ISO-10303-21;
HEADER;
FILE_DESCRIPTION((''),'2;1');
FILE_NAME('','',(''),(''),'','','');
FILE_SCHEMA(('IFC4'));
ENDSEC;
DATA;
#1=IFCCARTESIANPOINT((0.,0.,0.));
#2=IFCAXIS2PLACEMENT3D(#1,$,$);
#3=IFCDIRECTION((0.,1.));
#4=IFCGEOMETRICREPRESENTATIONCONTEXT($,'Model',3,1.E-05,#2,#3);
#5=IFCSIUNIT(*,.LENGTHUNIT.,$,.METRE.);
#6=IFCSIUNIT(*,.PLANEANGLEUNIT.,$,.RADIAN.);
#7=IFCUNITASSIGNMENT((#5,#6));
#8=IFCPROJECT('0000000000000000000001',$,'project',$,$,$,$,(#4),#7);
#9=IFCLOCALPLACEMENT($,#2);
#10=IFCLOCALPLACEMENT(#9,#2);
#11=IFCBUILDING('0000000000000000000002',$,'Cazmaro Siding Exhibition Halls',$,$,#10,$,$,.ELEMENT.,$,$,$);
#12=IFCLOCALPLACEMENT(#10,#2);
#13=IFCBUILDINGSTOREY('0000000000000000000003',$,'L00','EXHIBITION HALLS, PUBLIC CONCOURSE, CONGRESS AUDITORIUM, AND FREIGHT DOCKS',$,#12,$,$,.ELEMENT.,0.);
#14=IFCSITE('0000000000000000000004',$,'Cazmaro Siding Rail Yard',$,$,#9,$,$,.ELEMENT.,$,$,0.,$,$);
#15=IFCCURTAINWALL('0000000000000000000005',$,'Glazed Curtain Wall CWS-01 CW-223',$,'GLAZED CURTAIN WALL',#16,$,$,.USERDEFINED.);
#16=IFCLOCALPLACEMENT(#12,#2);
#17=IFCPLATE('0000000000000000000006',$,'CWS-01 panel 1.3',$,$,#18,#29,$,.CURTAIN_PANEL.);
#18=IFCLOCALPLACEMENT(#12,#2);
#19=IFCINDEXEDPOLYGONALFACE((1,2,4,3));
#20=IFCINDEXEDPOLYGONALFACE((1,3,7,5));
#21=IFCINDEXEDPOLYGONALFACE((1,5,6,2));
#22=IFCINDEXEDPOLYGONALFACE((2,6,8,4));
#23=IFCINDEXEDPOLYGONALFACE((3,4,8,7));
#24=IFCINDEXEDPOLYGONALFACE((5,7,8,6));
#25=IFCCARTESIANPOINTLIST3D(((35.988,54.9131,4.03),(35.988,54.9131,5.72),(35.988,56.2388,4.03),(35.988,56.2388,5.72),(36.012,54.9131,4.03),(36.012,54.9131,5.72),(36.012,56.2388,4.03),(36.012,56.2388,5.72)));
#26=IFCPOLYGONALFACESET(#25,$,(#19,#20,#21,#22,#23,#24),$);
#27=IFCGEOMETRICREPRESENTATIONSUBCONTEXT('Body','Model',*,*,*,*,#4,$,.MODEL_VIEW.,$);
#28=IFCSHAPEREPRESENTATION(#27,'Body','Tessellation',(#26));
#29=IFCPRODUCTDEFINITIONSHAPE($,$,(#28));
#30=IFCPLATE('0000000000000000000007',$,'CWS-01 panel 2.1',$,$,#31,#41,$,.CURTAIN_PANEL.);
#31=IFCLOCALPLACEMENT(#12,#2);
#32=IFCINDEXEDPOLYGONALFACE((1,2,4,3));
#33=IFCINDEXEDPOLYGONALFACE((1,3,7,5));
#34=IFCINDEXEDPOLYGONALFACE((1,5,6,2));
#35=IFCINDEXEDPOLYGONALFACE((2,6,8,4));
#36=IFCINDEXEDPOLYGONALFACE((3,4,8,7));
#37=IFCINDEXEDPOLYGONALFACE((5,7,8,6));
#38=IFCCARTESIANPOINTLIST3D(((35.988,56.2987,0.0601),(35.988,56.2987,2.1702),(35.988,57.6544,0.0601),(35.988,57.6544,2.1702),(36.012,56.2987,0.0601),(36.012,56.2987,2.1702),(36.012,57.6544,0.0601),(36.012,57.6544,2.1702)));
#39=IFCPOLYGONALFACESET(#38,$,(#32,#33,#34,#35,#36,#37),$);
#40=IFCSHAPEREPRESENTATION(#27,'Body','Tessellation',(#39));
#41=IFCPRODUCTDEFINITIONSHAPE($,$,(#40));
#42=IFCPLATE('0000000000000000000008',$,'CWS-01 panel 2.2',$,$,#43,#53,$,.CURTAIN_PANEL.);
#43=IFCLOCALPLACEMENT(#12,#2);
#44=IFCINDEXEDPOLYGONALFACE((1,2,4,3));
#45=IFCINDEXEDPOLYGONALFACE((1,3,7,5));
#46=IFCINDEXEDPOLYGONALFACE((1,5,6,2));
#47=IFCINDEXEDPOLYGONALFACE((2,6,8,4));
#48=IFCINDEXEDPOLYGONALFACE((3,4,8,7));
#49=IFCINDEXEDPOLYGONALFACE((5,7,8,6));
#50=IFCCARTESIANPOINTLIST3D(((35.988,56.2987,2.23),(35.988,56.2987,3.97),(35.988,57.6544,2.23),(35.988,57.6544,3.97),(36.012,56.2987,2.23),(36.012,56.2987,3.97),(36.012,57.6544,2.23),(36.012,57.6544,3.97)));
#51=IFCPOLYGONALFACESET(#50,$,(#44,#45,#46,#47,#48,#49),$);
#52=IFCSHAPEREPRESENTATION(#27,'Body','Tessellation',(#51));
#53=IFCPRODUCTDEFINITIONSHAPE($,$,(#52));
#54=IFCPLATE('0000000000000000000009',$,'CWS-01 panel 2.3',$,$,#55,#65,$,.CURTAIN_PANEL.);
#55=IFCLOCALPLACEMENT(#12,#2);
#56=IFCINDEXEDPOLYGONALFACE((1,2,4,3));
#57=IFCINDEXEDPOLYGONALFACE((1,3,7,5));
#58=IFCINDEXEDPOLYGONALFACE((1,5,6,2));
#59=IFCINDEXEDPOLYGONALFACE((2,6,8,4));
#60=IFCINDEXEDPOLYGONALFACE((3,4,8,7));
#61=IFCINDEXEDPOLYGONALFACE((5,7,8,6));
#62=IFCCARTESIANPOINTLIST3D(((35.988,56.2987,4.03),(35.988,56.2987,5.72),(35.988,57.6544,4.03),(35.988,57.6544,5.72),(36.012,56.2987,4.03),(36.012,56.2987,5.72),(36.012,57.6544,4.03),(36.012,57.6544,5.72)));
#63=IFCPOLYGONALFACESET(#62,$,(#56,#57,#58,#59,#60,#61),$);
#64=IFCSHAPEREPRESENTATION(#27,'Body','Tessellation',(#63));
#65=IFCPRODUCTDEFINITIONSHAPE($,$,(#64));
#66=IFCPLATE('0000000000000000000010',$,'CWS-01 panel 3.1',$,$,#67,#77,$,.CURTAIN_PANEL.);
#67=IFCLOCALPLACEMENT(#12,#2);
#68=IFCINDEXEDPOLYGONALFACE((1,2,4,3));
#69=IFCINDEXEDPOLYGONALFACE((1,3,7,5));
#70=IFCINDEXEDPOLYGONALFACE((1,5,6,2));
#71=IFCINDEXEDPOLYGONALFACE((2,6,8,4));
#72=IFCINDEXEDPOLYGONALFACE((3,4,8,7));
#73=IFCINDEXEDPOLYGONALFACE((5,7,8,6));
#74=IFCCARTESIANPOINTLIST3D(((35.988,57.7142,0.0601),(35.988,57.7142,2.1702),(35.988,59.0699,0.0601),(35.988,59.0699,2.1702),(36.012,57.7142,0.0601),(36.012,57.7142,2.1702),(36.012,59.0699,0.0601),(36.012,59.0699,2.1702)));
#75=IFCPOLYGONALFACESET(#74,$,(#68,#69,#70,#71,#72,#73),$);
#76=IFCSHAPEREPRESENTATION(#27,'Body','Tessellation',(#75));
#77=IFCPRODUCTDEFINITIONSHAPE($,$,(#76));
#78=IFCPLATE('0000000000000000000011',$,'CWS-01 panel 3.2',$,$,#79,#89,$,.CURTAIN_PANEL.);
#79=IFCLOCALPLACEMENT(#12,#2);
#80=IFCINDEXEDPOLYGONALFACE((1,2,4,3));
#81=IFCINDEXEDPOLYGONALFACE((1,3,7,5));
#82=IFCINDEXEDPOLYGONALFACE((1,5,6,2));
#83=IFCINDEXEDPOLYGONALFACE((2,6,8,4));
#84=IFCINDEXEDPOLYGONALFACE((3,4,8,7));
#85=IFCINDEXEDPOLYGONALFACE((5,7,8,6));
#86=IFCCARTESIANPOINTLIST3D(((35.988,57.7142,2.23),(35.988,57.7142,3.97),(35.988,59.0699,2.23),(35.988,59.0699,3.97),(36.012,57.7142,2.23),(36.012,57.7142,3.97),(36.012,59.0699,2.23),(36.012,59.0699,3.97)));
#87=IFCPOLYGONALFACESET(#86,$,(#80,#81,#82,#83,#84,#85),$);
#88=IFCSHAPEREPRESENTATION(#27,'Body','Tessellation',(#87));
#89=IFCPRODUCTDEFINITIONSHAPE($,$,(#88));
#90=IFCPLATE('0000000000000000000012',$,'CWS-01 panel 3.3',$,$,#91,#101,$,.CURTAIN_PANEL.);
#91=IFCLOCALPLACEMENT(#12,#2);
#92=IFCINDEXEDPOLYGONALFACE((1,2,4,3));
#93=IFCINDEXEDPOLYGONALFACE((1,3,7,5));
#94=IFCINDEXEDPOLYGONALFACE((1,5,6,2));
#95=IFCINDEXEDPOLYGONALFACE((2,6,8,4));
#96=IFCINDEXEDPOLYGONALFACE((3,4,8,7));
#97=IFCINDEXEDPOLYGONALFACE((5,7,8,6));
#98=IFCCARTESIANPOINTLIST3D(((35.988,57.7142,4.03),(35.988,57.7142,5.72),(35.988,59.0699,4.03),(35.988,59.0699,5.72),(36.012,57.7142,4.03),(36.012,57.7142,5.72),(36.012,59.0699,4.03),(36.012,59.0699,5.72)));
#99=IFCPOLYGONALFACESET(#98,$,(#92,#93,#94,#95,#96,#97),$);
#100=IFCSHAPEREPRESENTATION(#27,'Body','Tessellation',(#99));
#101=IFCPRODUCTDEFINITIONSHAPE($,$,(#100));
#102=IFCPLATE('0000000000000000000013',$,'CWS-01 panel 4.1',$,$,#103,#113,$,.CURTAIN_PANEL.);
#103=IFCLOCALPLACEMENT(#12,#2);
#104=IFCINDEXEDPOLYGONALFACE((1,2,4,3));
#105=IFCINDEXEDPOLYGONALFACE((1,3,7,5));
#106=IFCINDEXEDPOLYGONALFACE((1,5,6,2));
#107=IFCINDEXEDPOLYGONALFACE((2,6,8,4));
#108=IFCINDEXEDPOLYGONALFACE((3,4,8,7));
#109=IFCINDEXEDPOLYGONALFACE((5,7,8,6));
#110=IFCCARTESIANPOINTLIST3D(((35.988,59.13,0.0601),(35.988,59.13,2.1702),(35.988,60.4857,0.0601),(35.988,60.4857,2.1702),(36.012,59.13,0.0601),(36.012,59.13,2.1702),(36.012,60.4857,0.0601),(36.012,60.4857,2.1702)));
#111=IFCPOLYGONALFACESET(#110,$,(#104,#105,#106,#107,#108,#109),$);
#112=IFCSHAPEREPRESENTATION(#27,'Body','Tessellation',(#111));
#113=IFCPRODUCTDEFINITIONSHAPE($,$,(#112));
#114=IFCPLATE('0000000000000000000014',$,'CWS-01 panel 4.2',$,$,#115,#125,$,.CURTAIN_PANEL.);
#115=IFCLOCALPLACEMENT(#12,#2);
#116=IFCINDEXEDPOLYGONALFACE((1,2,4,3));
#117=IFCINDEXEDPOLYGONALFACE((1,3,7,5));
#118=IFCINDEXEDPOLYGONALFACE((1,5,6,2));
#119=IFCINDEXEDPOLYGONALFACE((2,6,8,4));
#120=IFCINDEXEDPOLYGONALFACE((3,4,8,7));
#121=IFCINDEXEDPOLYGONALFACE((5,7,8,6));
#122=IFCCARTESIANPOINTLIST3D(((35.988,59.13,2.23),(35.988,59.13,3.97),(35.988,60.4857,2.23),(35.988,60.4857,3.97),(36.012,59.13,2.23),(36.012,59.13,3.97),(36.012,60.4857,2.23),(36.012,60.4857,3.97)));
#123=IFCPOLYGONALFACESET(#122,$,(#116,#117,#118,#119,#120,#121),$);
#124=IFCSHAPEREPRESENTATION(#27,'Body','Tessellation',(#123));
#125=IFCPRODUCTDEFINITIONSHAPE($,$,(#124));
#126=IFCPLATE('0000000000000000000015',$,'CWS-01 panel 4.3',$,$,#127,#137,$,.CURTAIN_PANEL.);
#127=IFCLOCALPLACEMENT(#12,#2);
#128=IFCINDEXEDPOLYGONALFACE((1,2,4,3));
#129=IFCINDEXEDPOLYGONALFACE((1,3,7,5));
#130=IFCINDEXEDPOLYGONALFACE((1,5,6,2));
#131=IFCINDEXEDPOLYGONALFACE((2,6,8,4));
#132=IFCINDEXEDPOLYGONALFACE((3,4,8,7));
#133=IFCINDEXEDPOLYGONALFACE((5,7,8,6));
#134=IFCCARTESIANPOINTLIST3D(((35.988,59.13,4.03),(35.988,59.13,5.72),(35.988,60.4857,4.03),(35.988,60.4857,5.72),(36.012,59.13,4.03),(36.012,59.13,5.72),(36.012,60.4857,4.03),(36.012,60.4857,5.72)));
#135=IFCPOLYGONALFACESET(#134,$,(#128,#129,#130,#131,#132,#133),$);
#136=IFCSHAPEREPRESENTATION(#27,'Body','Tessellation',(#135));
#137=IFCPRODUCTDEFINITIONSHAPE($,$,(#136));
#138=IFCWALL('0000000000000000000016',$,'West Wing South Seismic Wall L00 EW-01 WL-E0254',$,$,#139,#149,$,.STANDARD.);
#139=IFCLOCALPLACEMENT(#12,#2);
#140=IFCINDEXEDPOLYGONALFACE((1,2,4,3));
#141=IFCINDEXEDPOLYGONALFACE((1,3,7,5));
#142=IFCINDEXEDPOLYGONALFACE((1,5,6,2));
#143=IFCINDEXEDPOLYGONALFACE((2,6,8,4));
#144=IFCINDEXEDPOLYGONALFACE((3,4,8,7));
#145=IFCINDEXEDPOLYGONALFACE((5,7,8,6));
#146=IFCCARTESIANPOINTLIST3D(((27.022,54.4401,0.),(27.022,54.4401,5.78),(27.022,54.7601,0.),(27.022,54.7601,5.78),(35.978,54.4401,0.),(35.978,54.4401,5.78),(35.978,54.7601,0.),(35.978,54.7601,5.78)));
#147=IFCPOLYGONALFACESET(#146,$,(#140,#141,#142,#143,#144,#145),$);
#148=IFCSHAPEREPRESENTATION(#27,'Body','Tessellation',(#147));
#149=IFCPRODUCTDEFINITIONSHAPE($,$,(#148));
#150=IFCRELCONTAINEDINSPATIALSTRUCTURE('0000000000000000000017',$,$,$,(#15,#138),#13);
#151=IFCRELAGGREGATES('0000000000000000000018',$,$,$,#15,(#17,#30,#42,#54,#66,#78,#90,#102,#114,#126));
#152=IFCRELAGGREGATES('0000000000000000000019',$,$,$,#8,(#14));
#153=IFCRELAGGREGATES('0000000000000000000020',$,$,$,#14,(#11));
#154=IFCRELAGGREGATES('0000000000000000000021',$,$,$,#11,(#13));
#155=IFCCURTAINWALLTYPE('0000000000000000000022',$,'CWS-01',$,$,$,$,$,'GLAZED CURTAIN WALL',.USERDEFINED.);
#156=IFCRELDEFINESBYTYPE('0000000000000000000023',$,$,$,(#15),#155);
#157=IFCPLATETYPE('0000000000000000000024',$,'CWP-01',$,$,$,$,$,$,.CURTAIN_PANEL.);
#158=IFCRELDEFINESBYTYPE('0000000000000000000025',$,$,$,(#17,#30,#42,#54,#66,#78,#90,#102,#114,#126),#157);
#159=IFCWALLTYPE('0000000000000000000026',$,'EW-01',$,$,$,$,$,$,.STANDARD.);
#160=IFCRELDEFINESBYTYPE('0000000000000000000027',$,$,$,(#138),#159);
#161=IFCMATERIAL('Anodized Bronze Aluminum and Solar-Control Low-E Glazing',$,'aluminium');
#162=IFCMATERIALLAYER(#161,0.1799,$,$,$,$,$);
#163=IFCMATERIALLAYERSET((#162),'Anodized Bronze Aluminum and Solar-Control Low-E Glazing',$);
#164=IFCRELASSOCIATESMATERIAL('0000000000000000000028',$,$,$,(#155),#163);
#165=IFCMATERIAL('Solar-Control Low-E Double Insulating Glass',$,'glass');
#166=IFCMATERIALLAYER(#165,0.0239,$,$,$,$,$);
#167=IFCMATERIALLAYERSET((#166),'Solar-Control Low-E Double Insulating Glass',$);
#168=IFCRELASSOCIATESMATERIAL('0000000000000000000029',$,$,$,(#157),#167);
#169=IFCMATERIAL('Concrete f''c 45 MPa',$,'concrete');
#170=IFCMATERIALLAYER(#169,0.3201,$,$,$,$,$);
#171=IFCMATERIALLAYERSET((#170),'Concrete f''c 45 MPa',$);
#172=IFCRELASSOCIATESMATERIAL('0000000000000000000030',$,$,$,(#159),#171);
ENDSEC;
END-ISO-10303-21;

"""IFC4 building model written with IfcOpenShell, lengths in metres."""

from ifc_helpers import new_model, si_unit, direction, frame, frame_2d, origin, origin_2d, place, context, subcontext, project, spatial, rectangle, extrude, material, layer, layer_set, type_object, element, aggregate, save


model = new_model("IFC4")

# Units and contexts
model_context = context("Model", 3, precision=1e-05, world=origin(), true_north=direction((0.0, 1.0)))
body_context = subcontext(model_context, "Body", "Model", "MODEL_VIEW")
ifc_project = project(units=[si_unit("LENGTHUNIT", "METRE"), si_unit("PLANEANGLEUNIT", "RADIAN")], contexts=[model_context])

# Site, building, storey
site_placement = place(None, origin())
site = spatial("IfcSite", under=ifc_project, at=site_placement, Name="Cazmaro Siding Rail Yard", CompositionType="ELEMENT", RefElevation=0.0)
building_placement = place(site_placement, origin())
building = spatial("IfcBuilding", under=site, at=building_placement, Name="Cazmaro Siding Exhibition Halls", CompositionType="ELEMENT")
storey_placement = place(building_placement, origin())
storey = spatial("IfcBuildingStorey", under=building, at=storey_placement, Name="L00", Description="EXHIBITION HALLS, PUBLIC CONCOURSE, CONGRESS AUDITORIUM, AND FREIGHT DOCKS", CompositionType="ELEMENT", Elevation=0.0)

# Curtain wall, plates
ifc_material_1 = material(Name="Anodized Bronze Aluminum and Solar-Control Low-E Glazing", Category="aluminium")
ifc_layer_1 = layer(ifc_material_1, 0.1799)
ifc_layer_set_1 = layer_set([ifc_layer_1], Name="Anodized Bronze Aluminum and Solar-Control Low-E Glazing")
curtain_wall_type = type_object("IfcCurtainWallType", Name="CWS-01", ElementType="GLAZED CURTAIN WALL", PredefinedType="USERDEFINED", material=ifc_layer_set_1)
curtain_wall_placement = place(storey_placement, origin())
curtain_wall = element("IfcCurtainWall", 1, at=curtain_wall_placement, inside=storey, type_object=curtain_wall_type, Name="Glazed Curtain Wall CWS-01 CW-223", ObjectType="GLAZED CURTAIN WALL", PredefinedType="USERDEFINED")
ifc_material_2 = material(Name="Solar-Control Low-E Double Insulating Glass", Category="glass")
ifc_layer_2 = layer(ifc_material_2, 0.0239)
ifc_layer_set_2 = layer_set([ifc_layer_2], Name="Solar-Control Low-E Double Insulating Glass")
plate_type = type_object("IfcPlateType", Name="CWP-01", PredefinedType="CURTAIN_PANEL", material=ifc_layer_set_2)
plate_1_placement = place(storey_placement, frame((36.0, 55.5759, 4.03), z_axis=(0.0, 0.0, 1.0), x_axis=(0.0, 1.0, 0.0)))
plate_1 = element("IfcPlate", 2, at=plate_1_placement, type_object=plate_type, Name="CWS-01 panel 1.3", PredefinedType="CURTAIN_PANEL", context=body_context, shape_type="SweptSolid", body=[
    extrude(rectangle(XDim=1.3257, YDim=0.0239, at=origin_2d()), origin(), (0.0, 0.0, 1.0), 1.6899),
])
plate_2_placement = place(storey_placement, frame((36.0, 56.9766, 0.0601), z_axis=(0.0, 0.0, 1.0), x_axis=(0.0, 1.0, 0.0)))
plate_2 = element("IfcPlate", 3, at=plate_2_placement, type_object=plate_type, Name="CWS-01 panel 2.1", PredefinedType="CURTAIN_PANEL", context=body_context, shape_type="SweptSolid", body=[
    extrude(rectangle(XDim=1.3557, YDim=0.0239, at=origin_2d()), origin(), (0.0, 0.0, 1.0), 2.1101),
])
plate_3_placement = place(storey_placement, frame((36.0, 56.9766, 2.23), z_axis=(0.0, 0.0, 1.0), x_axis=(0.0, 1.0, 0.0)))
plate_3 = element("IfcPlate", 4, at=plate_3_placement, type_object=plate_type, Name="CWS-01 panel 2.2", PredefinedType="CURTAIN_PANEL", context=body_context, shape_type="SweptSolid", body=[
    extrude(rectangle(XDim=1.3557, YDim=0.0239, at=origin_2d()), origin(), (0.0, 0.0, 1.0), 1.74),
])
plate_4_placement = place(storey_placement, frame((36.0, 56.9766, 4.03), z_axis=(0.0, 0.0, 1.0), x_axis=(0.0, 1.0, 0.0)))
plate_4 = element("IfcPlate", 5, at=plate_4_placement, type_object=plate_type, Name="CWS-01 panel 2.3", PredefinedType="CURTAIN_PANEL", context=body_context, shape_type="SweptSolid", body=[
    extrude(rectangle(XDim=1.3557, YDim=0.0239, at=origin_2d()), origin(), (0.0, 0.0, 1.0), 1.6899),
])
plate_5_placement = place(storey_placement, frame((36.0, 58.3921, 0.0601), z_axis=(0.0, 0.0, 1.0), x_axis=(0.0, 1.0, 0.0)))
plate_5 = element("IfcPlate", 6, at=plate_5_placement, type_object=plate_type, Name="CWS-01 panel 3.1", PredefinedType="CURTAIN_PANEL", context=body_context, shape_type="SweptSolid", body=[
    extrude(rectangle(XDim=1.3557, YDim=0.0239, at=origin_2d()), origin(), (0.0, 0.0, 1.0), 2.1101),
])
plate_6_placement = place(storey_placement, frame((36.0, 58.3921, 2.23), z_axis=(0.0, 0.0, 1.0), x_axis=(0.0, 1.0, 0.0)))
plate_6 = element("IfcPlate", 7, at=plate_6_placement, type_object=plate_type, Name="CWS-01 panel 3.2", PredefinedType="CURTAIN_PANEL", context=body_context, shape_type="SweptSolid", body=[
    extrude(rectangle(XDim=1.3557, YDim=0.0239, at=origin_2d()), origin(), (0.0, 0.0, 1.0), 1.74),
])
plate_7_placement = place(storey_placement, frame((36.0, 58.3921, 4.03), z_axis=(0.0, 0.0, 1.0), x_axis=(0.0, 1.0, 0.0)))
plate_7 = element("IfcPlate", 8, at=plate_7_placement, type_object=plate_type, Name="CWS-01 panel 3.3", PredefinedType="CURTAIN_PANEL", context=body_context, shape_type="SweptSolid", body=[
    extrude(rectangle(XDim=1.3557, YDim=0.0239, at=origin_2d()), origin(), (0.0, 0.0, 1.0), 1.6899),
])
plate_8_placement = place(storey_placement, frame((36.0, 59.8079, 0.0601), z_axis=(0.0, 0.0, 1.0), x_axis=(0.0, 1.0, 0.0)))
plate_8 = element("IfcPlate", 9, at=plate_8_placement, type_object=plate_type, Name="CWS-01 panel 4.1", PredefinedType="CURTAIN_PANEL", context=body_context, shape_type="SweptSolid", body=[
    extrude(rectangle(XDim=1.3557, YDim=0.0239, at=origin_2d()), origin(), (0.0, 0.0, 1.0), 2.1101),
])
plate_9_placement = place(storey_placement, frame((36.0, 59.8079, 2.23), z_axis=(0.0, 0.0, 1.0), x_axis=(0.0, 1.0, 0.0)))
plate_9 = element("IfcPlate", 10, at=plate_9_placement, type_object=plate_type, Name="CWS-01 panel 4.2", PredefinedType="CURTAIN_PANEL", context=body_context, shape_type="SweptSolid", body=[
    extrude(rectangle(XDim=1.3557, YDim=0.0239, at=origin_2d()), origin(), (0.0, 0.0, 1.0), 1.74),
])
plate_10_placement = place(storey_placement, frame((36.0, 59.8079, 4.03), z_axis=(0.0, 0.0, 1.0), x_axis=(0.0, 1.0, 0.0)))
plate_10 = element("IfcPlate", 11, at=plate_10_placement, type_object=plate_type, Name="CWS-01 panel 4.3", PredefinedType="CURTAIN_PANEL", context=body_context, shape_type="SweptSolid", body=[
    extrude(rectangle(XDim=1.3557, YDim=0.0239, at=origin_2d()), origin(), (0.0, 0.0, 1.0), 1.6899),
])
aggregate(curtain_wall, [plate_1, plate_2, plate_3, plate_4, plate_5, plate_6, plate_7, plate_8, plate_9, plate_10])

# Wall
ifc_material_3 = material(Name="Concrete f'c 45 MPa", Category="concrete")
ifc_layer_3 = layer(ifc_material_3, 0.3201)
ifc_layer_set_3 = layer_set([ifc_layer_3], Name="Concrete f'c 45 MPa")
wall_type = type_object("IfcWallType", Name="EW-01", PredefinedType="STANDARD", material=ifc_layer_set_3)
wall_placement = place(storey_placement, frame((35.978, 54.6001, 0.0), z_axis=(0.0, 0.0, 1.0), x_axis=(-1.0, 0.0, 0.0)))
element("IfcWall", 12, at=wall_placement, inside=storey, type_object=wall_type, Name="West Wing South Seismic Wall L00 EW-01 WL-E0254", PredefinedType="STANDARD", context=body_context, shape_type="SweptSolid", body=[
    extrude(rectangle(XDim=8.9561, YDim=0.3201, at=frame_2d((4.478, 0.0))), origin(), (0.0, 0.0, 1.0), 5.78),
])

save(model, "model.ifc")
